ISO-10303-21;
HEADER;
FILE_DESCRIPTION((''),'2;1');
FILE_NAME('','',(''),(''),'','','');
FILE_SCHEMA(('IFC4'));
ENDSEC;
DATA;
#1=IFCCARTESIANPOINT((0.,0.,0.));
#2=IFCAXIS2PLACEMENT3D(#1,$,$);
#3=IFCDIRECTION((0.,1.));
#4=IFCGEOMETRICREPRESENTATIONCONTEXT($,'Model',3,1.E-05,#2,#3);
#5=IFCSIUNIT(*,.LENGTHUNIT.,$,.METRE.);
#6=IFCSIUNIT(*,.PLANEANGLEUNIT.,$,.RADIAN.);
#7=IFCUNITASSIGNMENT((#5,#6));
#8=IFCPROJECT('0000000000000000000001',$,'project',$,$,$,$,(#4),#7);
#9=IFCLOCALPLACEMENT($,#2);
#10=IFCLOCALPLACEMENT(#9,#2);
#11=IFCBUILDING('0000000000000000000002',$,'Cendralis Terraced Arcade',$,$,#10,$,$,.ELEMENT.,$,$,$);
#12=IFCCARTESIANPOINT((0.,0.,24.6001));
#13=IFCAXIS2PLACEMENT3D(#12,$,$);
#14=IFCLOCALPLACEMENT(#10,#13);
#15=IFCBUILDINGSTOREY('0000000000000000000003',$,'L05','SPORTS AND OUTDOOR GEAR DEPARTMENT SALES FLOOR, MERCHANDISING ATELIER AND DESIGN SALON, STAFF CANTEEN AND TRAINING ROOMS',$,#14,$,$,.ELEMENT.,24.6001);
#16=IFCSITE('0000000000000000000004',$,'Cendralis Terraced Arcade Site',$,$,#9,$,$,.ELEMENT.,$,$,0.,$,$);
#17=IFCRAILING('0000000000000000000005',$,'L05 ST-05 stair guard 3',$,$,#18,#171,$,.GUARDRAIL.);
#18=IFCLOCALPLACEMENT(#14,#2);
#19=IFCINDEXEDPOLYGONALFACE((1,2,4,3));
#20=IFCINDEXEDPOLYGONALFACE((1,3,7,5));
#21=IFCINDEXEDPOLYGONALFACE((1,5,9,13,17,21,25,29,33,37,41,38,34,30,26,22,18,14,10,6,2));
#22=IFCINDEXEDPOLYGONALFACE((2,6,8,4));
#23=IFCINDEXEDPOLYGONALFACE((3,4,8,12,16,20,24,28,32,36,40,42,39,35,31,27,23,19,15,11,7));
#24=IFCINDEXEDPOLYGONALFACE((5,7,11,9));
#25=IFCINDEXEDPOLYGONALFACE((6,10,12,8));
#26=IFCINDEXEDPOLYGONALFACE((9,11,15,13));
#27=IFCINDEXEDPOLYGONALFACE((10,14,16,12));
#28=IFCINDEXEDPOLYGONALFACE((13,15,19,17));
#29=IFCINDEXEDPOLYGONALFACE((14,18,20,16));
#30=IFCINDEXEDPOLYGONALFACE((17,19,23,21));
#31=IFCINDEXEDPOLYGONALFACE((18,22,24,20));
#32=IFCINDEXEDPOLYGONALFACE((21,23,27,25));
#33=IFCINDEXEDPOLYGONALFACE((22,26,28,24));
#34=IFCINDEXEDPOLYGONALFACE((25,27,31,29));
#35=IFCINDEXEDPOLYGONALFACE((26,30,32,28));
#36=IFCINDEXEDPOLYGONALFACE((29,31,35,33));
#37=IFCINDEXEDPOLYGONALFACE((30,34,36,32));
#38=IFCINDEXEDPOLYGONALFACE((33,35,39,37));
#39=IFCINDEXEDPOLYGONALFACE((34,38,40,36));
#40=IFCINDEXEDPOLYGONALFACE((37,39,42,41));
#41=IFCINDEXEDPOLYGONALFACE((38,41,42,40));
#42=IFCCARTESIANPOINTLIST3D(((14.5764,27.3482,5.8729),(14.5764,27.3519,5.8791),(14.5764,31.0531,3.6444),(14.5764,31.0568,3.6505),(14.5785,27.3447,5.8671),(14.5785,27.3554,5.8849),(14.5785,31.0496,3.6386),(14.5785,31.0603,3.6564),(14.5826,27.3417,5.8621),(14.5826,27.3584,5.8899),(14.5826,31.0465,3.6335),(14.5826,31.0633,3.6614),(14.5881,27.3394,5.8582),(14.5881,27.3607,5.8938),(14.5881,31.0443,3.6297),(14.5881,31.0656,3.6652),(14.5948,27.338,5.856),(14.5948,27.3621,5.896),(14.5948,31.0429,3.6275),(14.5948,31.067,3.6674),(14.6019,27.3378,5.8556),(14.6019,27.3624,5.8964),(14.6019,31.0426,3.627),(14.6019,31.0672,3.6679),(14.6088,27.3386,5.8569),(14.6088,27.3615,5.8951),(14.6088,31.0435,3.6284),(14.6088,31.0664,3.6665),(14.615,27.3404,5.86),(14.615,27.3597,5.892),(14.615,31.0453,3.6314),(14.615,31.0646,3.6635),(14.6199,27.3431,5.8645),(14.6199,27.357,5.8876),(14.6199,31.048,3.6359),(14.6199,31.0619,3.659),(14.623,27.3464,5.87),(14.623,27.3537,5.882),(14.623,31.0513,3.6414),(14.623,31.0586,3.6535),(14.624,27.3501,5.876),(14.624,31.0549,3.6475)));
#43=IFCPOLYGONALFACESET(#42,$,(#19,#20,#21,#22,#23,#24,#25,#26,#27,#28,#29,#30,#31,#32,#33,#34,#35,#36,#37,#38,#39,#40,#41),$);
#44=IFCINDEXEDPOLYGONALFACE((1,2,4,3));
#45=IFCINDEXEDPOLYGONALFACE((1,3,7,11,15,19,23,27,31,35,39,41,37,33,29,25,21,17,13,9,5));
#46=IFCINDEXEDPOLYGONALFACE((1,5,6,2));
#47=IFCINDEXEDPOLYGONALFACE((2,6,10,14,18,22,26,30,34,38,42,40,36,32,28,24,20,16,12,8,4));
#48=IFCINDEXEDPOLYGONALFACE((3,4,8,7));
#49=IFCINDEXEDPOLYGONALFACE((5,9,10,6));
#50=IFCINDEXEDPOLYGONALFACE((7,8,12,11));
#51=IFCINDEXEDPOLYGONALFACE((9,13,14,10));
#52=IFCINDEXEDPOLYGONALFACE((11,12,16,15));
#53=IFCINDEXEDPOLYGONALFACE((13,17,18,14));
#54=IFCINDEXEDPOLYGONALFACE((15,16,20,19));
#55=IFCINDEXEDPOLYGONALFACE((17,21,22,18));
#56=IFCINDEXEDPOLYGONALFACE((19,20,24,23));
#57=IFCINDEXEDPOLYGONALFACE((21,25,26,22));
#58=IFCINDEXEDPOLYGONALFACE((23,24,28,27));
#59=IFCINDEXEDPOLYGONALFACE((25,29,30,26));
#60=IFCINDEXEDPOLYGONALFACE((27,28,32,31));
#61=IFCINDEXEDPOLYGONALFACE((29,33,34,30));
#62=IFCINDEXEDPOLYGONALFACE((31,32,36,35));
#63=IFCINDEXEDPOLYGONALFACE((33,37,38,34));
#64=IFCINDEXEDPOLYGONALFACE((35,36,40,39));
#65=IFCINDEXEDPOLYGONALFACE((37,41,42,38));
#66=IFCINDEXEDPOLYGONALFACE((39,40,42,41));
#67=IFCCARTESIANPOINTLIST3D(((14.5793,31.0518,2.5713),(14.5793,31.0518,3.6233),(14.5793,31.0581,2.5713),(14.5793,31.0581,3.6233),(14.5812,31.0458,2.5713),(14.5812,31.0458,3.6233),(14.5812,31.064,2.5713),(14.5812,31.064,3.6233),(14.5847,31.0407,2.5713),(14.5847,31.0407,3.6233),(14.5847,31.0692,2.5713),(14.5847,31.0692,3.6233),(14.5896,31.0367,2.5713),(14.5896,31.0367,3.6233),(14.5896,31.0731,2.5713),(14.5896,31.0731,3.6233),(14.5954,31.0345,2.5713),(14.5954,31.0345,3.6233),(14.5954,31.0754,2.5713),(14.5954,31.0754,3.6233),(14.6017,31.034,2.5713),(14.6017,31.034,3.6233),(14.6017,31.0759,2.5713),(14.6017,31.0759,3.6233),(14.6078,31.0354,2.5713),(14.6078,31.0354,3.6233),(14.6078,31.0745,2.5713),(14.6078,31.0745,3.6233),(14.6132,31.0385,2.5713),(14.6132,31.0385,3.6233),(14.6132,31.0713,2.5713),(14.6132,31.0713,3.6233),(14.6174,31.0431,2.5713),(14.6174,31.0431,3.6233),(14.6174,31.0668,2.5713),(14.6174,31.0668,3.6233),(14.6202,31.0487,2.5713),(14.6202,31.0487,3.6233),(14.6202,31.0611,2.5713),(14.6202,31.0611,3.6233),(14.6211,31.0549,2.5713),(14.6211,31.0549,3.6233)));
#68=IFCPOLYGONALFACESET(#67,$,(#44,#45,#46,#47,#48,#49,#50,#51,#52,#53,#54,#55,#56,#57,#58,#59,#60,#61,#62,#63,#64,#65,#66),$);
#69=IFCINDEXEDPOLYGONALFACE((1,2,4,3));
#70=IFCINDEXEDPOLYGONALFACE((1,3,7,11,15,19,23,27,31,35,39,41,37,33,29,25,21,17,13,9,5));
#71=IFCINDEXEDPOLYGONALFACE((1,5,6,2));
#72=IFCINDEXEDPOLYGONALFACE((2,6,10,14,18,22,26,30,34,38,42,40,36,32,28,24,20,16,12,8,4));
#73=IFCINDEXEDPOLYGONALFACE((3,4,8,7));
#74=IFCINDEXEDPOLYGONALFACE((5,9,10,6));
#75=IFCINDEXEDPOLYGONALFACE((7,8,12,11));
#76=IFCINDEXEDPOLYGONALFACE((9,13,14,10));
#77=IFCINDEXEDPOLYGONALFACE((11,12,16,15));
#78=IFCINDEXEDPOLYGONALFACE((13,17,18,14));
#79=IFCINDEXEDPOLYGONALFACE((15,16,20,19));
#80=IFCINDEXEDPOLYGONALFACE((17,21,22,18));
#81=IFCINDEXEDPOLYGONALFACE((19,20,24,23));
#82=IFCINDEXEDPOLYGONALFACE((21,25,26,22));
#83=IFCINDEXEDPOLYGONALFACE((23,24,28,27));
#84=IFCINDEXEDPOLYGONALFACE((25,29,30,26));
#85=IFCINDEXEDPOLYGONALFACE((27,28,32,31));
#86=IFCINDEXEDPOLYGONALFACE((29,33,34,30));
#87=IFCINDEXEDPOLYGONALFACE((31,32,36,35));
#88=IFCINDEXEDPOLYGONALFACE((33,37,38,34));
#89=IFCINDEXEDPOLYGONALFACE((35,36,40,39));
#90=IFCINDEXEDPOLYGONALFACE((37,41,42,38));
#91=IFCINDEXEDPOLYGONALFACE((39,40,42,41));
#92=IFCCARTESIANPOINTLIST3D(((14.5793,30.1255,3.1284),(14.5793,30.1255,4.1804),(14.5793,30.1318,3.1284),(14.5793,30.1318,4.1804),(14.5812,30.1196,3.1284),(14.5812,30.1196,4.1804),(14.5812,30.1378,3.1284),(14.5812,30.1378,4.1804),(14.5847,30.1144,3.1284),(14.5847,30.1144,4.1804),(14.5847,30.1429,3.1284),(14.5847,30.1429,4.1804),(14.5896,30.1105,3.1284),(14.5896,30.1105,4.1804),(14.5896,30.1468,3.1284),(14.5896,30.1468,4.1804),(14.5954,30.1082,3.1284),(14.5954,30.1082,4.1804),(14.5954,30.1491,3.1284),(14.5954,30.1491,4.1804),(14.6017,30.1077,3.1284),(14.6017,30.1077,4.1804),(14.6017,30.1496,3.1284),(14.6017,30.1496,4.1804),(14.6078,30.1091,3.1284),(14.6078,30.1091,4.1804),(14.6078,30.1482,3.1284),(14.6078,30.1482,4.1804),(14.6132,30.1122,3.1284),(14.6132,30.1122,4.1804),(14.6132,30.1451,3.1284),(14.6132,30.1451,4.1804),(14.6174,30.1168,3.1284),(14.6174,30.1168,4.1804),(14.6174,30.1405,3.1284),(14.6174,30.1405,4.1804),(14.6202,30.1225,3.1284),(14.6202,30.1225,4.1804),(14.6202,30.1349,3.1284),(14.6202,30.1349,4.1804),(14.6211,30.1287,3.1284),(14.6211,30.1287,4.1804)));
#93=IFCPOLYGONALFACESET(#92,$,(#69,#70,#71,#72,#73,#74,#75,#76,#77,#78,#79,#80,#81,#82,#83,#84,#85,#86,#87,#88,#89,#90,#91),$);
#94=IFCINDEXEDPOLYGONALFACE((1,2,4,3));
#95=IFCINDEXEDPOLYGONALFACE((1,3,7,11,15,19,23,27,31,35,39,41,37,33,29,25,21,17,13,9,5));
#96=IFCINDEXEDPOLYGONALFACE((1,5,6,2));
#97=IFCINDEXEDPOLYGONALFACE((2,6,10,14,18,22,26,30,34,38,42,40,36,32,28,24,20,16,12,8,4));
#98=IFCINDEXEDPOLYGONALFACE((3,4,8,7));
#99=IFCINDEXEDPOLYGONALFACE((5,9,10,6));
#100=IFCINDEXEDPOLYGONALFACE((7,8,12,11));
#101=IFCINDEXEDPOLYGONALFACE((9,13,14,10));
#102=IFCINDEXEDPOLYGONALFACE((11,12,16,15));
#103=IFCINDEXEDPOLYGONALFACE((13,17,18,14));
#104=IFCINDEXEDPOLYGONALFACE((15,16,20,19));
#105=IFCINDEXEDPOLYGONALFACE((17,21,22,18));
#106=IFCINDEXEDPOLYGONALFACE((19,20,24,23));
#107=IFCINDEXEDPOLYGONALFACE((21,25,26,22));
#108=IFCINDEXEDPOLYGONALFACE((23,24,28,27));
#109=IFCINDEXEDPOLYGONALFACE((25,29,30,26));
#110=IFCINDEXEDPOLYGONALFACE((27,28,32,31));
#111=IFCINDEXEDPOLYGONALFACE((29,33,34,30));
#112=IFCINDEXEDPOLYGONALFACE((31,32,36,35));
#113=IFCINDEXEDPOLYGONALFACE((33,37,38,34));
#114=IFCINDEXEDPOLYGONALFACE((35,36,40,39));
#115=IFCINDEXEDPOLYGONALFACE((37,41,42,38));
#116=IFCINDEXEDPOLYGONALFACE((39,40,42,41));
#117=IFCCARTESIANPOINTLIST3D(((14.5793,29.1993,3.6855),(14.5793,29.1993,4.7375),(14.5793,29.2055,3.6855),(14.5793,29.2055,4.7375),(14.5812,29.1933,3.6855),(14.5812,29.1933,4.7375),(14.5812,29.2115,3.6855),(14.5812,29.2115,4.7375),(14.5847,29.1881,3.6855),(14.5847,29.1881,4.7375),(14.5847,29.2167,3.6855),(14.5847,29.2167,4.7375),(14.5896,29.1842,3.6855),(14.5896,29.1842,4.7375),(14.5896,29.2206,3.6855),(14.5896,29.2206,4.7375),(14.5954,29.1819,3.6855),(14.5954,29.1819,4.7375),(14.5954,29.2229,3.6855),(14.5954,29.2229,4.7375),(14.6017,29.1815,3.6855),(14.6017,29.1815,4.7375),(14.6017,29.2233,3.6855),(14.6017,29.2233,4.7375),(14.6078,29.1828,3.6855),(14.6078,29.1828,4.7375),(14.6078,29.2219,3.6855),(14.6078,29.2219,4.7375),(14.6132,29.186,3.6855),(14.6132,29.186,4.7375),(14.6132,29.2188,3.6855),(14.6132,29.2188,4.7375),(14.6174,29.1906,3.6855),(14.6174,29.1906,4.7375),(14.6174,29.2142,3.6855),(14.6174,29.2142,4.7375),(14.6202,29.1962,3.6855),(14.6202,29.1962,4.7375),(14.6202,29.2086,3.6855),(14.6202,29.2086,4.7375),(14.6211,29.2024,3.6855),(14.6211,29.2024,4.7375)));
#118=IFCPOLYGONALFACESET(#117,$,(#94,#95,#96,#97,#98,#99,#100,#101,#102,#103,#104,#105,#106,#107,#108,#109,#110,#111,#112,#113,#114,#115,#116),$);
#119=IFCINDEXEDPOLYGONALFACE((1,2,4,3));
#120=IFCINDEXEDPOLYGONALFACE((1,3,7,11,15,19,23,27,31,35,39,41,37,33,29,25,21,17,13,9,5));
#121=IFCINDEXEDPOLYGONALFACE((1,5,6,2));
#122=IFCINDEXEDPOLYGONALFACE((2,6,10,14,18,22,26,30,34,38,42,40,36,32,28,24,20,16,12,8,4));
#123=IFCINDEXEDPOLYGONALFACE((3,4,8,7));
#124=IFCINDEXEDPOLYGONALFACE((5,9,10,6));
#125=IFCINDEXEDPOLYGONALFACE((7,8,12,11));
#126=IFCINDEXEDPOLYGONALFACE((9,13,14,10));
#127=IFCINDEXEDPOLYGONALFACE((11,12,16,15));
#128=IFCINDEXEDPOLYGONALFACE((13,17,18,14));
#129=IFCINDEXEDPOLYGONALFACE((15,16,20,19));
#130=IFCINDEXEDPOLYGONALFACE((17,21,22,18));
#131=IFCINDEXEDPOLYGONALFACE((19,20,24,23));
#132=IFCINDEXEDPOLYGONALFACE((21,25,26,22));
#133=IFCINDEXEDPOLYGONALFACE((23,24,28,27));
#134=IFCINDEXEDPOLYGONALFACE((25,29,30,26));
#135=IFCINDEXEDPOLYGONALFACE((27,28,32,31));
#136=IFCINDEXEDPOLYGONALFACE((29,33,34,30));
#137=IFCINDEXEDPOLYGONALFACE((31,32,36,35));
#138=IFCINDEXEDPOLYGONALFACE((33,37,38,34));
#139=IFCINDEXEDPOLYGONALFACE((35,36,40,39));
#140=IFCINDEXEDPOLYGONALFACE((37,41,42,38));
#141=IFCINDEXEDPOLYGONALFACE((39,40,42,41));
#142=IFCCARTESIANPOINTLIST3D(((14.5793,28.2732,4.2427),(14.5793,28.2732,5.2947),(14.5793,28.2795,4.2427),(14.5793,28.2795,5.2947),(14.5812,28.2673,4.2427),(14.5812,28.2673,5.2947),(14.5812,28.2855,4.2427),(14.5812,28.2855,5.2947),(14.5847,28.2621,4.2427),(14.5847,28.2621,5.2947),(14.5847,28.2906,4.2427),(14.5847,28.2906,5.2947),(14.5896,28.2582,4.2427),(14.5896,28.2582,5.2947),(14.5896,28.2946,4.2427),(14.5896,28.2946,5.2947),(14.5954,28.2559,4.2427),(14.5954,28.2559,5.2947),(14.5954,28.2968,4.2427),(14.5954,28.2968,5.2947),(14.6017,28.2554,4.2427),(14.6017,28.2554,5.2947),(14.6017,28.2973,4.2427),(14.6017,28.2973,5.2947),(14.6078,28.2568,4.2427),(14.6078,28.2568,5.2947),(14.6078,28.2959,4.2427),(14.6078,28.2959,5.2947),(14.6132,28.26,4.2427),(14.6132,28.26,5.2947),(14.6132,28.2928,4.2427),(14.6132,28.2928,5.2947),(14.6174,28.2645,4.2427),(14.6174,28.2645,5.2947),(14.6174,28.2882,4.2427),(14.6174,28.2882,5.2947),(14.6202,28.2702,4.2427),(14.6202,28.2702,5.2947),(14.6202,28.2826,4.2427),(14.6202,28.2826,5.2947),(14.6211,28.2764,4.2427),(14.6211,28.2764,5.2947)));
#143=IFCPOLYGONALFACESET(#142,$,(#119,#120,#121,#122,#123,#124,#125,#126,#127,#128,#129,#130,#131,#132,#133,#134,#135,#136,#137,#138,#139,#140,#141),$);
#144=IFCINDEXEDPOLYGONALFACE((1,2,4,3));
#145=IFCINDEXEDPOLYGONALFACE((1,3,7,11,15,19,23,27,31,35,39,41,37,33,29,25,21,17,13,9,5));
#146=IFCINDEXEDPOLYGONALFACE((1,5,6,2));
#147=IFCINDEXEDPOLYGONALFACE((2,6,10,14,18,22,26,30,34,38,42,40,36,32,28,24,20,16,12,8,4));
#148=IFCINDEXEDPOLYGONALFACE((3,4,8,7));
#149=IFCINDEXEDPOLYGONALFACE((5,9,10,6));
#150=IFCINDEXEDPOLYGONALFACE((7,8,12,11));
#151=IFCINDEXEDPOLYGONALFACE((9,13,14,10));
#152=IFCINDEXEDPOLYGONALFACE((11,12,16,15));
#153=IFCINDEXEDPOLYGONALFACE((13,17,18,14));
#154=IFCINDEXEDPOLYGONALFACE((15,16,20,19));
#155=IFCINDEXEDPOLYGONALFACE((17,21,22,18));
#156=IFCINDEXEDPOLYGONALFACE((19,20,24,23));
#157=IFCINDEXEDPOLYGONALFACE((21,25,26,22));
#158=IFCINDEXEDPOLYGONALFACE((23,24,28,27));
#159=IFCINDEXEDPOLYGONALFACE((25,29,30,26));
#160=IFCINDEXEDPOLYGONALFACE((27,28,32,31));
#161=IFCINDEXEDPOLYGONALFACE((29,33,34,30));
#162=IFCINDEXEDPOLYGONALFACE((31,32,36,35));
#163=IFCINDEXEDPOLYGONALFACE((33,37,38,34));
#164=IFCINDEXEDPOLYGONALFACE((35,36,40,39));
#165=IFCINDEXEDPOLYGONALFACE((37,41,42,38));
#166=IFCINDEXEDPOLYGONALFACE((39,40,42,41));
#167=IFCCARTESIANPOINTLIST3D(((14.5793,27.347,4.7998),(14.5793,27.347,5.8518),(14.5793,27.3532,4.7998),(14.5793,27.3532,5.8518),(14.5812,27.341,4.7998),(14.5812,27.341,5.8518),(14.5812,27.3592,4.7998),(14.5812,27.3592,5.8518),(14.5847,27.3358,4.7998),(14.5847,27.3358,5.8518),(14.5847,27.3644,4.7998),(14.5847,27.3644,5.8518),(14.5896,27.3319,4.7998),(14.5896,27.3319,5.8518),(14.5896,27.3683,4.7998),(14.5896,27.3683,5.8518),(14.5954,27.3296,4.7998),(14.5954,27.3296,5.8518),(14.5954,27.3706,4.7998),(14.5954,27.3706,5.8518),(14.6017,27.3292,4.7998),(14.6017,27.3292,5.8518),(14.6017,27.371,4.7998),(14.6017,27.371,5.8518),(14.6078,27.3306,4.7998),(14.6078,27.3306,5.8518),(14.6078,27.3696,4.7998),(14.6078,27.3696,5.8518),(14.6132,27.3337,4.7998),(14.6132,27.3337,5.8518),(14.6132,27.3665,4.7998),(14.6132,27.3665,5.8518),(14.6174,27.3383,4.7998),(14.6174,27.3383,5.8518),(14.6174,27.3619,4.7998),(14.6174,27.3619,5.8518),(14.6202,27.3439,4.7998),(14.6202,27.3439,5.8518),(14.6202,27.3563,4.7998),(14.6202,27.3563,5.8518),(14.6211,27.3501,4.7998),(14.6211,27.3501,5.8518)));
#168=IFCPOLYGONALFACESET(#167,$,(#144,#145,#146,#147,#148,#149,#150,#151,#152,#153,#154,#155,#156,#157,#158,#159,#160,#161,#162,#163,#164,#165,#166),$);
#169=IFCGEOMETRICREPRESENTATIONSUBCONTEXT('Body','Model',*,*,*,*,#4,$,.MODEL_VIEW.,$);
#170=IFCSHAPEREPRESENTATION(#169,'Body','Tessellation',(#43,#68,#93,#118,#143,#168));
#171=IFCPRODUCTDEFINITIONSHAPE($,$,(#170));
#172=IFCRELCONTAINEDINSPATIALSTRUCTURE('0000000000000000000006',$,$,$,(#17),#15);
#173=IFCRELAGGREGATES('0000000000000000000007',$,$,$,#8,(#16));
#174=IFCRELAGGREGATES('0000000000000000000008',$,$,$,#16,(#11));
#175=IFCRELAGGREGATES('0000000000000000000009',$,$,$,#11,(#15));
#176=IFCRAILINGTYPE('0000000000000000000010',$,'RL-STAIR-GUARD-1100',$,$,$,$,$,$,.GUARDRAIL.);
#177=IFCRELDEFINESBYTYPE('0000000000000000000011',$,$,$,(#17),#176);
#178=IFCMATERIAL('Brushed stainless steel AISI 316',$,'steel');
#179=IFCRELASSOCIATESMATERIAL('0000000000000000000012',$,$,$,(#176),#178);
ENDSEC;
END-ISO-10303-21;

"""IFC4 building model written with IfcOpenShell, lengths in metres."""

from ifc_helpers import new_model, si_unit, direction, frame, origin, origin_2d, place, context, subcontext, project, spatial, circle, extrude, material, type_object, element, save


model = new_model("IFC4")

# Units and contexts
model_context = context("Model", 3, precision=1e-05, world=origin(), true_north=direction((0.0, 1.0)))
body_context = subcontext(model_context, "Body", "Model", "MODEL_VIEW")
ifc_project = project(units=[si_unit("LENGTHUNIT", "METRE"), si_unit("PLANEANGLEUNIT", "RADIAN")], contexts=[model_context])

# Site, building, storey
site_placement = place(None, origin())
site = spatial("IfcSite", under=ifc_project, at=site_placement, Name="Cendralis Terraced Arcade Site", CompositionType="ELEMENT", RefElevation=0.0)
building_placement = place(site_placement, origin())
building = spatial("IfcBuilding", under=site, at=building_placement, Name="Cendralis Terraced Arcade", CompositionType="ELEMENT")
storey_placement = place(building_placement, frame((0.0, 0.0, 24.6001)))
storey = spatial("IfcBuildingStorey", under=building, at=storey_placement, Name="L05", Description="SPORTS AND OUTDOOR GEAR DEPARTMENT SALES FLOOR, MERCHANDISING ATELIER AND DESIGN SALON, STAFF CANTEEN AND TRAINING ROOMS", CompositionType="ELEMENT", Elevation=24.6001)

# Railing
ifc_material_1 = material(Name="Brushed stainless steel AISI 316", Category="steel")
railing_type = type_object("IfcRailingType", Name="RL-STAIR-GUARD-1100", PredefinedType="GUARDRAIL", material=ifc_material_1)
railing_1_placement = place(storey_placement, frame((14.6001, 31.0549, 2.5713)))
element("IfcRailing", 1, at=railing_1_placement, inside=storey, type_object=railing_type, Name="L05 ST-05 stair guard 3", PredefinedType="GUARDRAIL", context=body_context, shape_type="SweptSolid", body=[
    extrude(circle(Radius=0.0239, at=origin_2d()), frame((0.0, 0.0, 1.0762), z_axis=(0.0, -0.856919, 0.51545), x_axis=(1.0, 0.0, 0.0)), (0.0, 0.0, 1.0), 4.3235),
    extrude(circle(Radius=0.021, at=origin_2d()), origin(), (0.0, 0.0, 1.0), 1.052),
    extrude(circle(Radius=0.021, at=origin_2d()), frame((0.0, -0.9263, 0.5571)), (0.0, 0.0, 1.0), 1.052),
    extrude(circle(Radius=0.021, at=origin_2d()), frame((0.0, -1.8525, 1.1143)), (0.0, 0.0, 1.0), 1.052),
    extrude(circle(Radius=0.021, at=origin_2d()), frame((0.0, -2.7786, 1.6714)), (0.0, 0.0, 1.0), 1.052),
    extrude(circle(Radius=0.021, at=origin_2d()), frame((0.0, -3.7048, 2.2285)), (0.0, 0.0, 1.0), 1.052),
])

save(model, "model.ifc")
